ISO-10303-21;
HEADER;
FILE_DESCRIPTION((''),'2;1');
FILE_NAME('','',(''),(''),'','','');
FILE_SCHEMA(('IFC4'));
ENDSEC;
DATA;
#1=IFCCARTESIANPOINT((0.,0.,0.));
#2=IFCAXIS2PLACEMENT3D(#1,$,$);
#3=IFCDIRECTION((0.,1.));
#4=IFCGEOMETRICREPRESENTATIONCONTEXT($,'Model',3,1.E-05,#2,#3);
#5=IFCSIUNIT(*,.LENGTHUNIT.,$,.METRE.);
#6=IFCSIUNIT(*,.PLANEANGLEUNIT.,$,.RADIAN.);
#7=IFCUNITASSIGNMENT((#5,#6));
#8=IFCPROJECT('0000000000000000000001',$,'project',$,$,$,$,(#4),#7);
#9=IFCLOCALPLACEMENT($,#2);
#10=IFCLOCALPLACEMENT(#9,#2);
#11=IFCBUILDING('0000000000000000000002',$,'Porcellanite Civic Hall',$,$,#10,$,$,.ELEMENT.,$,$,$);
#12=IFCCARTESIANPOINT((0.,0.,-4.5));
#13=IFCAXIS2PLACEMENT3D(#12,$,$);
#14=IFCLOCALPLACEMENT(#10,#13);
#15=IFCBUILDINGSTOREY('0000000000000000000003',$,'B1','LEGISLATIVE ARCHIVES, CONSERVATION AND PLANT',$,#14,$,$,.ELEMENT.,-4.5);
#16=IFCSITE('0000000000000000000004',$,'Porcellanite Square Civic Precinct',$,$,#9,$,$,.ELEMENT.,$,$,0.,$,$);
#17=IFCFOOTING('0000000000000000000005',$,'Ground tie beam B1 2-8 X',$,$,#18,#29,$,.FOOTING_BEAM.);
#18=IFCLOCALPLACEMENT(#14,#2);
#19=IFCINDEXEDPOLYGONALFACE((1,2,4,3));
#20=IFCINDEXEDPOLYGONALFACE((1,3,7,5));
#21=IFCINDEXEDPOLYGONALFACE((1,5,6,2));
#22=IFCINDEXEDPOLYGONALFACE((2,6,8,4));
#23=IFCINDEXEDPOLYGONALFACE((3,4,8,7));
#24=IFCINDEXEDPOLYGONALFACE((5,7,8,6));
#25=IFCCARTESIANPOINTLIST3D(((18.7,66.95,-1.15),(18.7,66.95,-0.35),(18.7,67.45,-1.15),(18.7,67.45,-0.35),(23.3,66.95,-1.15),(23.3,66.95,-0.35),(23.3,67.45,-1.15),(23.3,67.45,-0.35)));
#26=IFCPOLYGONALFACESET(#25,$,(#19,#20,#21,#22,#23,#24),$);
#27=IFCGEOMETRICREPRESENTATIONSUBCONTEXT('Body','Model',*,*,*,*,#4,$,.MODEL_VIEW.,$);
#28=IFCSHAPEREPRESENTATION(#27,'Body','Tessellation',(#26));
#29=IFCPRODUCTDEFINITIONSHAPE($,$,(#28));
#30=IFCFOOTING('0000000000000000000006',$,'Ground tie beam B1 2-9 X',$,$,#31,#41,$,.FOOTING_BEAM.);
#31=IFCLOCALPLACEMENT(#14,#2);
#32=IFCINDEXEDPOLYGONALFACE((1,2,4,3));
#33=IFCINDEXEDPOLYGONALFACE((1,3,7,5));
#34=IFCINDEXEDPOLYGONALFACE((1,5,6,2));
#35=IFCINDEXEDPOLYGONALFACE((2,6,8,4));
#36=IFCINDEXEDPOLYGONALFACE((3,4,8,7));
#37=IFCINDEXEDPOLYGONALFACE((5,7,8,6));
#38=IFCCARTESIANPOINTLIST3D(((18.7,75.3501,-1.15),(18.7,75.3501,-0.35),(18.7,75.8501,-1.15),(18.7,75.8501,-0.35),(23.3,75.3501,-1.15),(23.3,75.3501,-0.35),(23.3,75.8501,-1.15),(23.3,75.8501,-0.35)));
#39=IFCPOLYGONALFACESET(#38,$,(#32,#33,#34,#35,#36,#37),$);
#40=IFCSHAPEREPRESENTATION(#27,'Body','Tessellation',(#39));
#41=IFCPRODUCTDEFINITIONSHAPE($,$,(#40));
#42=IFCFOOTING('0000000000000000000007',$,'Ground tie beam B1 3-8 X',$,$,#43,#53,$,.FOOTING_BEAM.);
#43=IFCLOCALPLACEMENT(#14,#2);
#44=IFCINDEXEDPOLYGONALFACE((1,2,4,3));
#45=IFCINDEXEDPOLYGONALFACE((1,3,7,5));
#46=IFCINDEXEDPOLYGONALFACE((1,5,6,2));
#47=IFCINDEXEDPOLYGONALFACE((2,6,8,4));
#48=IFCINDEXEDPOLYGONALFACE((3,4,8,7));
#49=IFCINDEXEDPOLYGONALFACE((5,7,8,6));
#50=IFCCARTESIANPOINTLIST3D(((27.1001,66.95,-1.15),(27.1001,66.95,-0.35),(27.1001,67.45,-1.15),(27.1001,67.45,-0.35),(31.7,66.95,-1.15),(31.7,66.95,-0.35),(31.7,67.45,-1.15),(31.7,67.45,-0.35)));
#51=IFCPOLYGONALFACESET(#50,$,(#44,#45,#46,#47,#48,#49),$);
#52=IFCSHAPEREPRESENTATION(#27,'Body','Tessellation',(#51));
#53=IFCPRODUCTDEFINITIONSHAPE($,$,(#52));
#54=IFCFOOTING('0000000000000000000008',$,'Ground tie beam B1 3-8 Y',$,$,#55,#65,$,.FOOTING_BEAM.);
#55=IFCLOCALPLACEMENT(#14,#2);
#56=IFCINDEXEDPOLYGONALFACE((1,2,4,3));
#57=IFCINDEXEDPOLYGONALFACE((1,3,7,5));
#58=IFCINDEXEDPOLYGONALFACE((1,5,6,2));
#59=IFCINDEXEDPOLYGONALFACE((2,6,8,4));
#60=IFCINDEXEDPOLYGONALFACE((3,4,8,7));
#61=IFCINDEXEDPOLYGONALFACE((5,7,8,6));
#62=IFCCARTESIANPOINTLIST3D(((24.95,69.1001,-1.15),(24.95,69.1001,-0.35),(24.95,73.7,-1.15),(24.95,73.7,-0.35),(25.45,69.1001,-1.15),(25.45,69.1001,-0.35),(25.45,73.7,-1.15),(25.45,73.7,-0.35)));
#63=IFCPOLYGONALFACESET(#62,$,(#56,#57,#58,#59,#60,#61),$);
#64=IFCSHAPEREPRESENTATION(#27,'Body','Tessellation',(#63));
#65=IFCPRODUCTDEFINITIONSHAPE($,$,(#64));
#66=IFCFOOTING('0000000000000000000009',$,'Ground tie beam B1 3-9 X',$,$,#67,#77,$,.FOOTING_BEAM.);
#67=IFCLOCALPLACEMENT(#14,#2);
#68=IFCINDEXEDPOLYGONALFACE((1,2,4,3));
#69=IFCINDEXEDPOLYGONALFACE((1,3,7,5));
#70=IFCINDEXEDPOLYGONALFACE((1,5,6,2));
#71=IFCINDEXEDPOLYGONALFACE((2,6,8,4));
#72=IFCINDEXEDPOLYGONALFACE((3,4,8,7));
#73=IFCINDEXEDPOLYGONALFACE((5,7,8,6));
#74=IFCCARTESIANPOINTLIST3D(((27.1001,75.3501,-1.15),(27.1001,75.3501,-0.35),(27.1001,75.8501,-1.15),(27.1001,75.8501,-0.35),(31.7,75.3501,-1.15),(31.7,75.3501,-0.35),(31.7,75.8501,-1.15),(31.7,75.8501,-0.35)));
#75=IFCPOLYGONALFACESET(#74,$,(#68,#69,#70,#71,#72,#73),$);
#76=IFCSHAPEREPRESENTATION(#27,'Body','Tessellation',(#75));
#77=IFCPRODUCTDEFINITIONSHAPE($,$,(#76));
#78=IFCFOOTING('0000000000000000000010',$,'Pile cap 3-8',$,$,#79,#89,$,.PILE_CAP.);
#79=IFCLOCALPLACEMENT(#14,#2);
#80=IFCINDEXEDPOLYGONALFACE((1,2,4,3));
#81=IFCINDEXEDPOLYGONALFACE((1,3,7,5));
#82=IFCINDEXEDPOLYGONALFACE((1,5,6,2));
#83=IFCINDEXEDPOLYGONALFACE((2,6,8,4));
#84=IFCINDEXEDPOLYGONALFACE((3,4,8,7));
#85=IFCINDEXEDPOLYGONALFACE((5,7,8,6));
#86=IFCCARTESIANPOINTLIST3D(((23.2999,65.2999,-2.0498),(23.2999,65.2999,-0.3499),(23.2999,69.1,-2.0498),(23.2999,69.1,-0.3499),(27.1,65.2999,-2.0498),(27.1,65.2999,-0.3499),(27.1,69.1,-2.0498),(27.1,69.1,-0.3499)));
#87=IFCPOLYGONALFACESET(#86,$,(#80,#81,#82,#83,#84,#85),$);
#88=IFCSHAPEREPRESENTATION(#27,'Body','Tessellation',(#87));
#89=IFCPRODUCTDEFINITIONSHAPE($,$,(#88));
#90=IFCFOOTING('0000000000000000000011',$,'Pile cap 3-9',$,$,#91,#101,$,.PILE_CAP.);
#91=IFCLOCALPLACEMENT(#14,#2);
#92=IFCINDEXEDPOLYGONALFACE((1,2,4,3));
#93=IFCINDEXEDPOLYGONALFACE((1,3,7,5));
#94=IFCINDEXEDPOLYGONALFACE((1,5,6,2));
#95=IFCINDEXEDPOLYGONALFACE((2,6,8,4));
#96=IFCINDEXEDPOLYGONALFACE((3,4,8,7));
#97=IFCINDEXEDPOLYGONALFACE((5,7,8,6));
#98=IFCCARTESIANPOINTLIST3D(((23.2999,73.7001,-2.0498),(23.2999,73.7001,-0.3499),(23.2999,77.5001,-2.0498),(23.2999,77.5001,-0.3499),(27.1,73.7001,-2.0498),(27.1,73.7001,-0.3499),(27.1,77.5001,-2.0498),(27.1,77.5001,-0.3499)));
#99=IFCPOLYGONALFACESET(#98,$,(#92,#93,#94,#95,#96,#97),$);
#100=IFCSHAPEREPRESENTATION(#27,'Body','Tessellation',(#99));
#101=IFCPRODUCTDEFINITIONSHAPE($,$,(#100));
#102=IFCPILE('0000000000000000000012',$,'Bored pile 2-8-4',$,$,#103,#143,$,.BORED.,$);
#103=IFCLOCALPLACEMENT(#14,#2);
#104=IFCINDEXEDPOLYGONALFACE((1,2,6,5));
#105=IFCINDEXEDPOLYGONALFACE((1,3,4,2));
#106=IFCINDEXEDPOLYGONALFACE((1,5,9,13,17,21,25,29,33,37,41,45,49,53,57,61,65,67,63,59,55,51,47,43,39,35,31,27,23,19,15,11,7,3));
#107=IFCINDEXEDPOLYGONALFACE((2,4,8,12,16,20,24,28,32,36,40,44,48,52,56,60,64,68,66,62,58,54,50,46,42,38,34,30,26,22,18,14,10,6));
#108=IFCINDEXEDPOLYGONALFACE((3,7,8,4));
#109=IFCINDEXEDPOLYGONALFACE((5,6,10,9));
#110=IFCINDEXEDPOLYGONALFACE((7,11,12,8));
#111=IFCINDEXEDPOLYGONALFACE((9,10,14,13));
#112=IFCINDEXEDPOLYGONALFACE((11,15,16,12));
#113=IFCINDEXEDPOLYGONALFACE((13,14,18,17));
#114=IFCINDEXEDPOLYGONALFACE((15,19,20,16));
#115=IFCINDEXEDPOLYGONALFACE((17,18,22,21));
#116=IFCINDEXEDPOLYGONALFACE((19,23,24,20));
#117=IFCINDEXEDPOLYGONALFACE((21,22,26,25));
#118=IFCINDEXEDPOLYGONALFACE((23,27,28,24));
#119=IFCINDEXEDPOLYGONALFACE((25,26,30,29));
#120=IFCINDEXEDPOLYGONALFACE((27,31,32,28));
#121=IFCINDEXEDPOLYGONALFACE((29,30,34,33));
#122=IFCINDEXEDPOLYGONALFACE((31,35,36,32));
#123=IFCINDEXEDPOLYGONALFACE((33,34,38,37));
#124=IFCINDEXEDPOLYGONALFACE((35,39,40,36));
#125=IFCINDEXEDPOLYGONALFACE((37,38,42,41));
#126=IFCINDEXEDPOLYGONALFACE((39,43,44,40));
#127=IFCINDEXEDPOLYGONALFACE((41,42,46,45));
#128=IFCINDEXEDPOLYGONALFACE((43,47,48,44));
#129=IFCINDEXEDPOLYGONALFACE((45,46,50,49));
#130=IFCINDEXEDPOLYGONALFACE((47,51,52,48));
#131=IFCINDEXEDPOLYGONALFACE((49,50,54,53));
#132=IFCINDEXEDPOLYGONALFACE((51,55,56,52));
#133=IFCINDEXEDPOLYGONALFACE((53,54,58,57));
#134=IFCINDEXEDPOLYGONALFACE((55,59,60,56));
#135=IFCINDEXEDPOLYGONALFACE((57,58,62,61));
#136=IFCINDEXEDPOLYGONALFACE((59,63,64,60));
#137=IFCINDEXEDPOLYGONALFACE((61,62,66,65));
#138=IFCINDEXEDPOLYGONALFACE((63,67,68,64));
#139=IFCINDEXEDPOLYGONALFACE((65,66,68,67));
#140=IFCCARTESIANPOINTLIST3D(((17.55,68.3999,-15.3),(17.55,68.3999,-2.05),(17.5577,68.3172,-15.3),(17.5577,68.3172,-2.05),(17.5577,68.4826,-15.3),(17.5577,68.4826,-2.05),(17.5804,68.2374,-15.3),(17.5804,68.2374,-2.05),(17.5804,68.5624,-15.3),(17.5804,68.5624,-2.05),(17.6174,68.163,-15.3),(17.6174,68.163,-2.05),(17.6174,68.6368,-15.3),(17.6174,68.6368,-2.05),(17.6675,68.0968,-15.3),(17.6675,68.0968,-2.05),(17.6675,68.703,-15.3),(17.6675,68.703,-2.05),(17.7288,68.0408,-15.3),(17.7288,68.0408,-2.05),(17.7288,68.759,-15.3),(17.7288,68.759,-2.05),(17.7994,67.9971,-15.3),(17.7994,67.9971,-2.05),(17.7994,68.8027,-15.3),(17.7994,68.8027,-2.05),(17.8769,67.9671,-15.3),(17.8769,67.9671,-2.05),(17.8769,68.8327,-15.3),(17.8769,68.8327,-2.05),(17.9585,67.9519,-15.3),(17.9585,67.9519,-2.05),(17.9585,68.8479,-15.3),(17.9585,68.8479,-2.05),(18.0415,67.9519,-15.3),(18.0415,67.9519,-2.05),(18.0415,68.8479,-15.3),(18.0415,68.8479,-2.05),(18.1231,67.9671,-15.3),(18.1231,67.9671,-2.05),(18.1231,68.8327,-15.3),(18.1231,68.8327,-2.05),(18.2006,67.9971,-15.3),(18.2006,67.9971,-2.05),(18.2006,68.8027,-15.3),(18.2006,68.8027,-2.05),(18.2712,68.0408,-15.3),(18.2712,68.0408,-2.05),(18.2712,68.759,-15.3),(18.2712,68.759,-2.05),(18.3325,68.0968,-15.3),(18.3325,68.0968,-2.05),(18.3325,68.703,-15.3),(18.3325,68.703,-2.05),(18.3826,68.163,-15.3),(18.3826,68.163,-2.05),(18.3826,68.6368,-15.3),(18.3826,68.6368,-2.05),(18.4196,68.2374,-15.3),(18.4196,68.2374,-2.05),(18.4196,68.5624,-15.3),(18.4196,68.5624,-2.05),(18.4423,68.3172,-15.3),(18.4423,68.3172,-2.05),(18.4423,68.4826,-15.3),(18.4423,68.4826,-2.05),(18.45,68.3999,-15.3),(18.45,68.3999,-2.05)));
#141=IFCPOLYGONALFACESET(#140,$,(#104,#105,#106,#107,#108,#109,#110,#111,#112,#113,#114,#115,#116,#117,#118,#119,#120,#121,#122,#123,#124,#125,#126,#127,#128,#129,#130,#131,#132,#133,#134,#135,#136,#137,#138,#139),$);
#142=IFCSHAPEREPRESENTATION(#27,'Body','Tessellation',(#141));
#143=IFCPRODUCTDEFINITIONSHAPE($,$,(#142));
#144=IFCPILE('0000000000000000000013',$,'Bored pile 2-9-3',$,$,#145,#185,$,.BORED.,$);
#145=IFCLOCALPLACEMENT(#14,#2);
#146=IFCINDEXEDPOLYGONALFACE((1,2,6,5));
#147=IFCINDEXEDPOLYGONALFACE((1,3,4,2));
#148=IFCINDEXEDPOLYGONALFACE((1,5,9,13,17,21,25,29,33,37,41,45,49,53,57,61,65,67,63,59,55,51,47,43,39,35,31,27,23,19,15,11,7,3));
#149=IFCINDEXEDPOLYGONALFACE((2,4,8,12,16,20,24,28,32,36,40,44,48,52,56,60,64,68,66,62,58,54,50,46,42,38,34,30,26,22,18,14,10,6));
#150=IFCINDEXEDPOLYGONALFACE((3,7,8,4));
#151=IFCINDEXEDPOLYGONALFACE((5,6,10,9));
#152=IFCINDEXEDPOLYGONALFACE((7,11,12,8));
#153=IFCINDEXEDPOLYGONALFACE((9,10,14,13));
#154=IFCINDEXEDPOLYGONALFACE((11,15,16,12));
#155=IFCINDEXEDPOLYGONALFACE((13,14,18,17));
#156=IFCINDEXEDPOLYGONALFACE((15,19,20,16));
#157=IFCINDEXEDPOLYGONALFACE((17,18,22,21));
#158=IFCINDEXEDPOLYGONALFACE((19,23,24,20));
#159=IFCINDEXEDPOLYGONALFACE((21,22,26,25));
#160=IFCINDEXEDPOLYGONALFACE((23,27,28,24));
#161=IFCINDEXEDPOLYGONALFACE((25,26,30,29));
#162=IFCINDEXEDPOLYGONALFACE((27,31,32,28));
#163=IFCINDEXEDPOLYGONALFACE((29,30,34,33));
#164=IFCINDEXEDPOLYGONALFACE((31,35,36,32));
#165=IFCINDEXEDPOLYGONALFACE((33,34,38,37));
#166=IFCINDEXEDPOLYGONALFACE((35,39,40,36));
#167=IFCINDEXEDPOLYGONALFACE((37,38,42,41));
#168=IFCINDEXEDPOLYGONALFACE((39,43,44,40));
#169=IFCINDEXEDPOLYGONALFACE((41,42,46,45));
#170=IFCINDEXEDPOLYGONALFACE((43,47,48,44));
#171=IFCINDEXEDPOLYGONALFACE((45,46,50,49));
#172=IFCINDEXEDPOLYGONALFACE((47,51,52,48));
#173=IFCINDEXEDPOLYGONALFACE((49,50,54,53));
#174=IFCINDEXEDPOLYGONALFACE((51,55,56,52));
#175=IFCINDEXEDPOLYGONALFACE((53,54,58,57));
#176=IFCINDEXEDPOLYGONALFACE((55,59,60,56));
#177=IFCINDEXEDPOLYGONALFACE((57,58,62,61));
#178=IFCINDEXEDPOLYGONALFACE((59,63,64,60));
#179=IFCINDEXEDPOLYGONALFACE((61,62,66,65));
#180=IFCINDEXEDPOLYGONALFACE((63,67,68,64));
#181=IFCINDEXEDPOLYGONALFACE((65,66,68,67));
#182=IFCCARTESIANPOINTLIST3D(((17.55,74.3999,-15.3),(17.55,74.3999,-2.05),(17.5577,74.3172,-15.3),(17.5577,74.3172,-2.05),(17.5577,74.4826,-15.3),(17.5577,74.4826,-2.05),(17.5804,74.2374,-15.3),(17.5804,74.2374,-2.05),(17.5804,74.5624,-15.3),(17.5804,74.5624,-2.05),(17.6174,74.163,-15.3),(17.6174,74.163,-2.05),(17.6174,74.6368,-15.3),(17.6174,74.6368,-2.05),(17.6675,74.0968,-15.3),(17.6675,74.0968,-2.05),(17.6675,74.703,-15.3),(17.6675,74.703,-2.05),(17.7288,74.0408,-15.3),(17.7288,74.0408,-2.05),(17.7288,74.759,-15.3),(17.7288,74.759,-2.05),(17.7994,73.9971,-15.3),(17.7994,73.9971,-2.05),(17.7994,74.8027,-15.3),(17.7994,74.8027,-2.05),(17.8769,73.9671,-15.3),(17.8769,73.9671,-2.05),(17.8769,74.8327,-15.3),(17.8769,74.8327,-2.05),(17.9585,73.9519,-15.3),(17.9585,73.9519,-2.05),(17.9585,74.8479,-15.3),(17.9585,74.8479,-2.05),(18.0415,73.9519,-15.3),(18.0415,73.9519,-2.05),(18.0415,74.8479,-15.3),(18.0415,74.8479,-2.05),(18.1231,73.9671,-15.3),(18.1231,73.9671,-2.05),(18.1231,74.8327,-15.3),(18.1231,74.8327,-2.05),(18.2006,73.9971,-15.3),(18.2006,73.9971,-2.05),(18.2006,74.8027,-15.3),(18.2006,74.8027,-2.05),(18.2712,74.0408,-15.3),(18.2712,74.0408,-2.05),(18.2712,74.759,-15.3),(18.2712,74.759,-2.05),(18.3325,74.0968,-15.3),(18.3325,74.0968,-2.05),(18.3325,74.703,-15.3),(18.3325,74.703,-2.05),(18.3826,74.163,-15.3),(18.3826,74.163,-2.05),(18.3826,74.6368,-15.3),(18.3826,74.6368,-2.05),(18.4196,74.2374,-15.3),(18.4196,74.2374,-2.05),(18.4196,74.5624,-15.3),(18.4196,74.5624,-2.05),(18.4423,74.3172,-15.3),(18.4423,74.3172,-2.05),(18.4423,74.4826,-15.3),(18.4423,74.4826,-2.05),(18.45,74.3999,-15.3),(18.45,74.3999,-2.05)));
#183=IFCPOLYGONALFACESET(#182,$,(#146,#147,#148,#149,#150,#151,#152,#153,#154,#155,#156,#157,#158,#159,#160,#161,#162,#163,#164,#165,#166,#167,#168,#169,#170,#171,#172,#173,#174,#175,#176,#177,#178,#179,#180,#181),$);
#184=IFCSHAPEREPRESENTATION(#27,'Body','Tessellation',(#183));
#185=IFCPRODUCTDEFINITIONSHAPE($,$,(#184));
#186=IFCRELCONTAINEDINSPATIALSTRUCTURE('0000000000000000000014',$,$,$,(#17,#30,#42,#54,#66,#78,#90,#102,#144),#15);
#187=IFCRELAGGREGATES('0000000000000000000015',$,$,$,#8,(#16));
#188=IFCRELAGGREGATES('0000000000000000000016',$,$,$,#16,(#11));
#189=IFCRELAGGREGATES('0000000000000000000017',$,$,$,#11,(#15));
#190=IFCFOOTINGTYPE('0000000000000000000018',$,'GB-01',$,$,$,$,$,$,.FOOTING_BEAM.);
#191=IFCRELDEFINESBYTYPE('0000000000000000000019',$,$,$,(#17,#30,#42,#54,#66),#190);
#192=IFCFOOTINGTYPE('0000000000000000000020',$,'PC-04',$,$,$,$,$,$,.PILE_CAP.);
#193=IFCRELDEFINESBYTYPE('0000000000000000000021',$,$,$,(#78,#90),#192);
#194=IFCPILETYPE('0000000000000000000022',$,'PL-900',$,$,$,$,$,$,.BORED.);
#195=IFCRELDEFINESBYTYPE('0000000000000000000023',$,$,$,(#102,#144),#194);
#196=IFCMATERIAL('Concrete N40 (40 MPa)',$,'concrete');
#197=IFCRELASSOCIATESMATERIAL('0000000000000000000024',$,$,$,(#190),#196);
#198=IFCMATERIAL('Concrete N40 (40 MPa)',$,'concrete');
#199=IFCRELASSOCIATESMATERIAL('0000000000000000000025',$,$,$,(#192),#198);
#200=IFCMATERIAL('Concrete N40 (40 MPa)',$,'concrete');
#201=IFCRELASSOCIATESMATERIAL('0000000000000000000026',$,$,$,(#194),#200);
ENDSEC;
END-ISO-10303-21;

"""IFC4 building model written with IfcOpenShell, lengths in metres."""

from ifc_helpers import new_model, si_unit, direction, frame, origin, origin_2d, place, context, subcontext, project, spatial, rectangle, circle, extrude, material, material_profile, profile_set, type_object, element, save


model = new_model("IFC4")

# Units and contexts
model_context = context("Model", 3, precision=1e-05, world=origin(), true_north=direction((0.0, 1.0)))
body_context = subcontext(model_context, "Body", "Model", "MODEL_VIEW")
ifc_project = project(units=[si_unit("LENGTHUNIT", "METRE"), si_unit("PLANEANGLEUNIT", "RADIAN")], contexts=[model_context])

# Site, building, storey
site_placement = place(None, origin())
site = spatial("IfcSite", under=ifc_project, at=site_placement, Name="Porcellanite Square Civic Precinct", CompositionType="ELEMENT", RefElevation=0.0)
building_placement = place(site_placement, origin())
building = spatial("IfcBuilding", under=site, at=building_placement, Name="Porcellanite Civic Hall", CompositionType="ELEMENT")
storey_placement = place(building_placement, frame((0.0, 0.0, -4.5)))
storey = spatial("IfcBuildingStorey", under=building, at=storey_placement, Name="B1", Description="LEGISLATIVE ARCHIVES, CONSERVATION AND PLANT", CompositionType="ELEMENT", Elevation=-4.5)

# Footings
ifc_material_1 = material(Name="Concrete N40 (40 MPa)", Category="concrete")
ifc_material_profile_1 = material_profile(ifc_material_1, rectangle(XDim=0.5, YDim=0.8, at=origin_2d()), Name="RC-500x800")
ifc_profile_set_1 = profile_set([ifc_material_profile_1], Name="Concrete N40 (40 MPa)")
footing_type_1 = type_object("IfcFootingType", Name="GB-01", PredefinedType="FOOTING_BEAM", material=ifc_profile_set_1)
for number, where, z_axis, x_axis, name in (
    (1, (18.7, 67.2, -0.75), (1.0, 0.0, 0.0), (0.0, 1.0, 0.0), "Ground tie beam B1 2-8 X"),
    (2, (18.7, 75.6001, -0.75), (1.0, 0.0, 0.0), (0.0, 1.0, 0.0), "Ground tie beam B1 2-9 X"),
):
    element("IfcFooting", number, at=place(storey_placement, frame(where, z_axis=z_axis, x_axis=x_axis)), inside=storey, type_object=footing_type_1, Name=name, PredefinedType="FOOTING_BEAM", context=body_context, shape_type="SweptSolid", body=[
        extrude(rectangle(XDim=0.5, YDim=0.8, at=origin_2d()), origin(), (0.0, 0.0, 1.0), 4.6001),
    ])
for number, where, z_axis, x_axis, name in (
    (3, (27.1001, 67.2, -0.75), (1.0, 0.0, 0.0), (0.0, 1.0, 0.0), "Ground tie beam B1 3-8 X"),
    (4, (25.2, 69.1001, -0.75), (0.0, 1.0, 0.0), (-1.0, 0.0, 0.0), "Ground tie beam B1 3-8 Y"),
    (5, (27.1001, 75.6001, -0.75), (1.0, 0.0, 0.0), (0.0, 1.0, 0.0), "Ground tie beam B1 3-9 X"),
):
    element("IfcFooting", number, at=place(storey_placement, frame(where, z_axis=z_axis, x_axis=x_axis)), inside=storey, type_object=footing_type_1, Name=name, PredefinedType="FOOTING_BEAM", context=body_context, shape_type="SweptSolid", body=[
        extrude(rectangle(XDim=0.5, YDim=0.8, at=origin_2d()), origin(), (0.0, 0.0, 1.0), 4.5999),
    ])
ifc_material_2 = material(Name="Concrete N40 (40 MPa)", Category="concrete")
footing_type_2 = type_object("IfcFootingType", Name="PC-04", PredefinedType="PILE_CAP", material=ifc_material_2)
for number, where, z_axis, x_axis, name in (
    (6, (25.2, 67.2, -2.0498), (0.0, 0.0, 1.0), (1.0, 0.0, 0.0), "Pile cap 3-8"),
    (7, (25.2, 75.6001, -2.0498), (0.0, 0.0, 1.0), (1.0, 0.0, 0.0), "Pile cap 3-9"),
):
    element("IfcFooting", number, at=place(storey_placement, frame(where, z_axis=z_axis, x_axis=x_axis)), inside=storey, type_object=footing_type_2, Name=name, PredefinedType="PILE_CAP", context=body_context, shape_type="SweptSolid", body=[
        extrude(rectangle(XDim=3.8, YDim=3.8, at=origin_2d()), origin(), (0.0, 0.0, 1.0), 1.7),
    ])

# Piles
ifc_material_3 = material(Name="Concrete N40 (40 MPa)", Category="concrete")
ifc_material_profile_2 = material_profile(ifc_material_3, circle(Radius=0.45, at=origin_2d()), Name="PILE-D900")
ifc_profile_set_2 = profile_set([ifc_material_profile_2], Name="Concrete N40 (40 MPa)")
pile_type = type_object("IfcPileType", Name="PL-900", PredefinedType="BORED", material=ifc_profile_set_2)
for number, where, z_axis, x_axis, name in (
    (8, (18.0, 68.3999, -2.05), (0.0, 0.0, -1.0), (1.0, 0.0, 0.0), "Bored pile 2-8-4"),
    (9, (18.0, 74.3999, -2.05), (0.0, 0.0, -1.0), (1.0, 0.0, 0.0), "Bored pile 2-9-3"),
):
    element("IfcPile", number, at=place(storey_placement, frame(where, z_axis=z_axis, x_axis=x_axis)), inside=storey, type_object=pile_type, Name=name, PredefinedType="BORED", context=body_context, shape_type="SweptSolid", body=[
        extrude(circle(Radius=0.45, at=origin_2d()), origin(), (0.0, 0.0, 1.0), 13.25),
    ])

save(model, "model.ifc")
